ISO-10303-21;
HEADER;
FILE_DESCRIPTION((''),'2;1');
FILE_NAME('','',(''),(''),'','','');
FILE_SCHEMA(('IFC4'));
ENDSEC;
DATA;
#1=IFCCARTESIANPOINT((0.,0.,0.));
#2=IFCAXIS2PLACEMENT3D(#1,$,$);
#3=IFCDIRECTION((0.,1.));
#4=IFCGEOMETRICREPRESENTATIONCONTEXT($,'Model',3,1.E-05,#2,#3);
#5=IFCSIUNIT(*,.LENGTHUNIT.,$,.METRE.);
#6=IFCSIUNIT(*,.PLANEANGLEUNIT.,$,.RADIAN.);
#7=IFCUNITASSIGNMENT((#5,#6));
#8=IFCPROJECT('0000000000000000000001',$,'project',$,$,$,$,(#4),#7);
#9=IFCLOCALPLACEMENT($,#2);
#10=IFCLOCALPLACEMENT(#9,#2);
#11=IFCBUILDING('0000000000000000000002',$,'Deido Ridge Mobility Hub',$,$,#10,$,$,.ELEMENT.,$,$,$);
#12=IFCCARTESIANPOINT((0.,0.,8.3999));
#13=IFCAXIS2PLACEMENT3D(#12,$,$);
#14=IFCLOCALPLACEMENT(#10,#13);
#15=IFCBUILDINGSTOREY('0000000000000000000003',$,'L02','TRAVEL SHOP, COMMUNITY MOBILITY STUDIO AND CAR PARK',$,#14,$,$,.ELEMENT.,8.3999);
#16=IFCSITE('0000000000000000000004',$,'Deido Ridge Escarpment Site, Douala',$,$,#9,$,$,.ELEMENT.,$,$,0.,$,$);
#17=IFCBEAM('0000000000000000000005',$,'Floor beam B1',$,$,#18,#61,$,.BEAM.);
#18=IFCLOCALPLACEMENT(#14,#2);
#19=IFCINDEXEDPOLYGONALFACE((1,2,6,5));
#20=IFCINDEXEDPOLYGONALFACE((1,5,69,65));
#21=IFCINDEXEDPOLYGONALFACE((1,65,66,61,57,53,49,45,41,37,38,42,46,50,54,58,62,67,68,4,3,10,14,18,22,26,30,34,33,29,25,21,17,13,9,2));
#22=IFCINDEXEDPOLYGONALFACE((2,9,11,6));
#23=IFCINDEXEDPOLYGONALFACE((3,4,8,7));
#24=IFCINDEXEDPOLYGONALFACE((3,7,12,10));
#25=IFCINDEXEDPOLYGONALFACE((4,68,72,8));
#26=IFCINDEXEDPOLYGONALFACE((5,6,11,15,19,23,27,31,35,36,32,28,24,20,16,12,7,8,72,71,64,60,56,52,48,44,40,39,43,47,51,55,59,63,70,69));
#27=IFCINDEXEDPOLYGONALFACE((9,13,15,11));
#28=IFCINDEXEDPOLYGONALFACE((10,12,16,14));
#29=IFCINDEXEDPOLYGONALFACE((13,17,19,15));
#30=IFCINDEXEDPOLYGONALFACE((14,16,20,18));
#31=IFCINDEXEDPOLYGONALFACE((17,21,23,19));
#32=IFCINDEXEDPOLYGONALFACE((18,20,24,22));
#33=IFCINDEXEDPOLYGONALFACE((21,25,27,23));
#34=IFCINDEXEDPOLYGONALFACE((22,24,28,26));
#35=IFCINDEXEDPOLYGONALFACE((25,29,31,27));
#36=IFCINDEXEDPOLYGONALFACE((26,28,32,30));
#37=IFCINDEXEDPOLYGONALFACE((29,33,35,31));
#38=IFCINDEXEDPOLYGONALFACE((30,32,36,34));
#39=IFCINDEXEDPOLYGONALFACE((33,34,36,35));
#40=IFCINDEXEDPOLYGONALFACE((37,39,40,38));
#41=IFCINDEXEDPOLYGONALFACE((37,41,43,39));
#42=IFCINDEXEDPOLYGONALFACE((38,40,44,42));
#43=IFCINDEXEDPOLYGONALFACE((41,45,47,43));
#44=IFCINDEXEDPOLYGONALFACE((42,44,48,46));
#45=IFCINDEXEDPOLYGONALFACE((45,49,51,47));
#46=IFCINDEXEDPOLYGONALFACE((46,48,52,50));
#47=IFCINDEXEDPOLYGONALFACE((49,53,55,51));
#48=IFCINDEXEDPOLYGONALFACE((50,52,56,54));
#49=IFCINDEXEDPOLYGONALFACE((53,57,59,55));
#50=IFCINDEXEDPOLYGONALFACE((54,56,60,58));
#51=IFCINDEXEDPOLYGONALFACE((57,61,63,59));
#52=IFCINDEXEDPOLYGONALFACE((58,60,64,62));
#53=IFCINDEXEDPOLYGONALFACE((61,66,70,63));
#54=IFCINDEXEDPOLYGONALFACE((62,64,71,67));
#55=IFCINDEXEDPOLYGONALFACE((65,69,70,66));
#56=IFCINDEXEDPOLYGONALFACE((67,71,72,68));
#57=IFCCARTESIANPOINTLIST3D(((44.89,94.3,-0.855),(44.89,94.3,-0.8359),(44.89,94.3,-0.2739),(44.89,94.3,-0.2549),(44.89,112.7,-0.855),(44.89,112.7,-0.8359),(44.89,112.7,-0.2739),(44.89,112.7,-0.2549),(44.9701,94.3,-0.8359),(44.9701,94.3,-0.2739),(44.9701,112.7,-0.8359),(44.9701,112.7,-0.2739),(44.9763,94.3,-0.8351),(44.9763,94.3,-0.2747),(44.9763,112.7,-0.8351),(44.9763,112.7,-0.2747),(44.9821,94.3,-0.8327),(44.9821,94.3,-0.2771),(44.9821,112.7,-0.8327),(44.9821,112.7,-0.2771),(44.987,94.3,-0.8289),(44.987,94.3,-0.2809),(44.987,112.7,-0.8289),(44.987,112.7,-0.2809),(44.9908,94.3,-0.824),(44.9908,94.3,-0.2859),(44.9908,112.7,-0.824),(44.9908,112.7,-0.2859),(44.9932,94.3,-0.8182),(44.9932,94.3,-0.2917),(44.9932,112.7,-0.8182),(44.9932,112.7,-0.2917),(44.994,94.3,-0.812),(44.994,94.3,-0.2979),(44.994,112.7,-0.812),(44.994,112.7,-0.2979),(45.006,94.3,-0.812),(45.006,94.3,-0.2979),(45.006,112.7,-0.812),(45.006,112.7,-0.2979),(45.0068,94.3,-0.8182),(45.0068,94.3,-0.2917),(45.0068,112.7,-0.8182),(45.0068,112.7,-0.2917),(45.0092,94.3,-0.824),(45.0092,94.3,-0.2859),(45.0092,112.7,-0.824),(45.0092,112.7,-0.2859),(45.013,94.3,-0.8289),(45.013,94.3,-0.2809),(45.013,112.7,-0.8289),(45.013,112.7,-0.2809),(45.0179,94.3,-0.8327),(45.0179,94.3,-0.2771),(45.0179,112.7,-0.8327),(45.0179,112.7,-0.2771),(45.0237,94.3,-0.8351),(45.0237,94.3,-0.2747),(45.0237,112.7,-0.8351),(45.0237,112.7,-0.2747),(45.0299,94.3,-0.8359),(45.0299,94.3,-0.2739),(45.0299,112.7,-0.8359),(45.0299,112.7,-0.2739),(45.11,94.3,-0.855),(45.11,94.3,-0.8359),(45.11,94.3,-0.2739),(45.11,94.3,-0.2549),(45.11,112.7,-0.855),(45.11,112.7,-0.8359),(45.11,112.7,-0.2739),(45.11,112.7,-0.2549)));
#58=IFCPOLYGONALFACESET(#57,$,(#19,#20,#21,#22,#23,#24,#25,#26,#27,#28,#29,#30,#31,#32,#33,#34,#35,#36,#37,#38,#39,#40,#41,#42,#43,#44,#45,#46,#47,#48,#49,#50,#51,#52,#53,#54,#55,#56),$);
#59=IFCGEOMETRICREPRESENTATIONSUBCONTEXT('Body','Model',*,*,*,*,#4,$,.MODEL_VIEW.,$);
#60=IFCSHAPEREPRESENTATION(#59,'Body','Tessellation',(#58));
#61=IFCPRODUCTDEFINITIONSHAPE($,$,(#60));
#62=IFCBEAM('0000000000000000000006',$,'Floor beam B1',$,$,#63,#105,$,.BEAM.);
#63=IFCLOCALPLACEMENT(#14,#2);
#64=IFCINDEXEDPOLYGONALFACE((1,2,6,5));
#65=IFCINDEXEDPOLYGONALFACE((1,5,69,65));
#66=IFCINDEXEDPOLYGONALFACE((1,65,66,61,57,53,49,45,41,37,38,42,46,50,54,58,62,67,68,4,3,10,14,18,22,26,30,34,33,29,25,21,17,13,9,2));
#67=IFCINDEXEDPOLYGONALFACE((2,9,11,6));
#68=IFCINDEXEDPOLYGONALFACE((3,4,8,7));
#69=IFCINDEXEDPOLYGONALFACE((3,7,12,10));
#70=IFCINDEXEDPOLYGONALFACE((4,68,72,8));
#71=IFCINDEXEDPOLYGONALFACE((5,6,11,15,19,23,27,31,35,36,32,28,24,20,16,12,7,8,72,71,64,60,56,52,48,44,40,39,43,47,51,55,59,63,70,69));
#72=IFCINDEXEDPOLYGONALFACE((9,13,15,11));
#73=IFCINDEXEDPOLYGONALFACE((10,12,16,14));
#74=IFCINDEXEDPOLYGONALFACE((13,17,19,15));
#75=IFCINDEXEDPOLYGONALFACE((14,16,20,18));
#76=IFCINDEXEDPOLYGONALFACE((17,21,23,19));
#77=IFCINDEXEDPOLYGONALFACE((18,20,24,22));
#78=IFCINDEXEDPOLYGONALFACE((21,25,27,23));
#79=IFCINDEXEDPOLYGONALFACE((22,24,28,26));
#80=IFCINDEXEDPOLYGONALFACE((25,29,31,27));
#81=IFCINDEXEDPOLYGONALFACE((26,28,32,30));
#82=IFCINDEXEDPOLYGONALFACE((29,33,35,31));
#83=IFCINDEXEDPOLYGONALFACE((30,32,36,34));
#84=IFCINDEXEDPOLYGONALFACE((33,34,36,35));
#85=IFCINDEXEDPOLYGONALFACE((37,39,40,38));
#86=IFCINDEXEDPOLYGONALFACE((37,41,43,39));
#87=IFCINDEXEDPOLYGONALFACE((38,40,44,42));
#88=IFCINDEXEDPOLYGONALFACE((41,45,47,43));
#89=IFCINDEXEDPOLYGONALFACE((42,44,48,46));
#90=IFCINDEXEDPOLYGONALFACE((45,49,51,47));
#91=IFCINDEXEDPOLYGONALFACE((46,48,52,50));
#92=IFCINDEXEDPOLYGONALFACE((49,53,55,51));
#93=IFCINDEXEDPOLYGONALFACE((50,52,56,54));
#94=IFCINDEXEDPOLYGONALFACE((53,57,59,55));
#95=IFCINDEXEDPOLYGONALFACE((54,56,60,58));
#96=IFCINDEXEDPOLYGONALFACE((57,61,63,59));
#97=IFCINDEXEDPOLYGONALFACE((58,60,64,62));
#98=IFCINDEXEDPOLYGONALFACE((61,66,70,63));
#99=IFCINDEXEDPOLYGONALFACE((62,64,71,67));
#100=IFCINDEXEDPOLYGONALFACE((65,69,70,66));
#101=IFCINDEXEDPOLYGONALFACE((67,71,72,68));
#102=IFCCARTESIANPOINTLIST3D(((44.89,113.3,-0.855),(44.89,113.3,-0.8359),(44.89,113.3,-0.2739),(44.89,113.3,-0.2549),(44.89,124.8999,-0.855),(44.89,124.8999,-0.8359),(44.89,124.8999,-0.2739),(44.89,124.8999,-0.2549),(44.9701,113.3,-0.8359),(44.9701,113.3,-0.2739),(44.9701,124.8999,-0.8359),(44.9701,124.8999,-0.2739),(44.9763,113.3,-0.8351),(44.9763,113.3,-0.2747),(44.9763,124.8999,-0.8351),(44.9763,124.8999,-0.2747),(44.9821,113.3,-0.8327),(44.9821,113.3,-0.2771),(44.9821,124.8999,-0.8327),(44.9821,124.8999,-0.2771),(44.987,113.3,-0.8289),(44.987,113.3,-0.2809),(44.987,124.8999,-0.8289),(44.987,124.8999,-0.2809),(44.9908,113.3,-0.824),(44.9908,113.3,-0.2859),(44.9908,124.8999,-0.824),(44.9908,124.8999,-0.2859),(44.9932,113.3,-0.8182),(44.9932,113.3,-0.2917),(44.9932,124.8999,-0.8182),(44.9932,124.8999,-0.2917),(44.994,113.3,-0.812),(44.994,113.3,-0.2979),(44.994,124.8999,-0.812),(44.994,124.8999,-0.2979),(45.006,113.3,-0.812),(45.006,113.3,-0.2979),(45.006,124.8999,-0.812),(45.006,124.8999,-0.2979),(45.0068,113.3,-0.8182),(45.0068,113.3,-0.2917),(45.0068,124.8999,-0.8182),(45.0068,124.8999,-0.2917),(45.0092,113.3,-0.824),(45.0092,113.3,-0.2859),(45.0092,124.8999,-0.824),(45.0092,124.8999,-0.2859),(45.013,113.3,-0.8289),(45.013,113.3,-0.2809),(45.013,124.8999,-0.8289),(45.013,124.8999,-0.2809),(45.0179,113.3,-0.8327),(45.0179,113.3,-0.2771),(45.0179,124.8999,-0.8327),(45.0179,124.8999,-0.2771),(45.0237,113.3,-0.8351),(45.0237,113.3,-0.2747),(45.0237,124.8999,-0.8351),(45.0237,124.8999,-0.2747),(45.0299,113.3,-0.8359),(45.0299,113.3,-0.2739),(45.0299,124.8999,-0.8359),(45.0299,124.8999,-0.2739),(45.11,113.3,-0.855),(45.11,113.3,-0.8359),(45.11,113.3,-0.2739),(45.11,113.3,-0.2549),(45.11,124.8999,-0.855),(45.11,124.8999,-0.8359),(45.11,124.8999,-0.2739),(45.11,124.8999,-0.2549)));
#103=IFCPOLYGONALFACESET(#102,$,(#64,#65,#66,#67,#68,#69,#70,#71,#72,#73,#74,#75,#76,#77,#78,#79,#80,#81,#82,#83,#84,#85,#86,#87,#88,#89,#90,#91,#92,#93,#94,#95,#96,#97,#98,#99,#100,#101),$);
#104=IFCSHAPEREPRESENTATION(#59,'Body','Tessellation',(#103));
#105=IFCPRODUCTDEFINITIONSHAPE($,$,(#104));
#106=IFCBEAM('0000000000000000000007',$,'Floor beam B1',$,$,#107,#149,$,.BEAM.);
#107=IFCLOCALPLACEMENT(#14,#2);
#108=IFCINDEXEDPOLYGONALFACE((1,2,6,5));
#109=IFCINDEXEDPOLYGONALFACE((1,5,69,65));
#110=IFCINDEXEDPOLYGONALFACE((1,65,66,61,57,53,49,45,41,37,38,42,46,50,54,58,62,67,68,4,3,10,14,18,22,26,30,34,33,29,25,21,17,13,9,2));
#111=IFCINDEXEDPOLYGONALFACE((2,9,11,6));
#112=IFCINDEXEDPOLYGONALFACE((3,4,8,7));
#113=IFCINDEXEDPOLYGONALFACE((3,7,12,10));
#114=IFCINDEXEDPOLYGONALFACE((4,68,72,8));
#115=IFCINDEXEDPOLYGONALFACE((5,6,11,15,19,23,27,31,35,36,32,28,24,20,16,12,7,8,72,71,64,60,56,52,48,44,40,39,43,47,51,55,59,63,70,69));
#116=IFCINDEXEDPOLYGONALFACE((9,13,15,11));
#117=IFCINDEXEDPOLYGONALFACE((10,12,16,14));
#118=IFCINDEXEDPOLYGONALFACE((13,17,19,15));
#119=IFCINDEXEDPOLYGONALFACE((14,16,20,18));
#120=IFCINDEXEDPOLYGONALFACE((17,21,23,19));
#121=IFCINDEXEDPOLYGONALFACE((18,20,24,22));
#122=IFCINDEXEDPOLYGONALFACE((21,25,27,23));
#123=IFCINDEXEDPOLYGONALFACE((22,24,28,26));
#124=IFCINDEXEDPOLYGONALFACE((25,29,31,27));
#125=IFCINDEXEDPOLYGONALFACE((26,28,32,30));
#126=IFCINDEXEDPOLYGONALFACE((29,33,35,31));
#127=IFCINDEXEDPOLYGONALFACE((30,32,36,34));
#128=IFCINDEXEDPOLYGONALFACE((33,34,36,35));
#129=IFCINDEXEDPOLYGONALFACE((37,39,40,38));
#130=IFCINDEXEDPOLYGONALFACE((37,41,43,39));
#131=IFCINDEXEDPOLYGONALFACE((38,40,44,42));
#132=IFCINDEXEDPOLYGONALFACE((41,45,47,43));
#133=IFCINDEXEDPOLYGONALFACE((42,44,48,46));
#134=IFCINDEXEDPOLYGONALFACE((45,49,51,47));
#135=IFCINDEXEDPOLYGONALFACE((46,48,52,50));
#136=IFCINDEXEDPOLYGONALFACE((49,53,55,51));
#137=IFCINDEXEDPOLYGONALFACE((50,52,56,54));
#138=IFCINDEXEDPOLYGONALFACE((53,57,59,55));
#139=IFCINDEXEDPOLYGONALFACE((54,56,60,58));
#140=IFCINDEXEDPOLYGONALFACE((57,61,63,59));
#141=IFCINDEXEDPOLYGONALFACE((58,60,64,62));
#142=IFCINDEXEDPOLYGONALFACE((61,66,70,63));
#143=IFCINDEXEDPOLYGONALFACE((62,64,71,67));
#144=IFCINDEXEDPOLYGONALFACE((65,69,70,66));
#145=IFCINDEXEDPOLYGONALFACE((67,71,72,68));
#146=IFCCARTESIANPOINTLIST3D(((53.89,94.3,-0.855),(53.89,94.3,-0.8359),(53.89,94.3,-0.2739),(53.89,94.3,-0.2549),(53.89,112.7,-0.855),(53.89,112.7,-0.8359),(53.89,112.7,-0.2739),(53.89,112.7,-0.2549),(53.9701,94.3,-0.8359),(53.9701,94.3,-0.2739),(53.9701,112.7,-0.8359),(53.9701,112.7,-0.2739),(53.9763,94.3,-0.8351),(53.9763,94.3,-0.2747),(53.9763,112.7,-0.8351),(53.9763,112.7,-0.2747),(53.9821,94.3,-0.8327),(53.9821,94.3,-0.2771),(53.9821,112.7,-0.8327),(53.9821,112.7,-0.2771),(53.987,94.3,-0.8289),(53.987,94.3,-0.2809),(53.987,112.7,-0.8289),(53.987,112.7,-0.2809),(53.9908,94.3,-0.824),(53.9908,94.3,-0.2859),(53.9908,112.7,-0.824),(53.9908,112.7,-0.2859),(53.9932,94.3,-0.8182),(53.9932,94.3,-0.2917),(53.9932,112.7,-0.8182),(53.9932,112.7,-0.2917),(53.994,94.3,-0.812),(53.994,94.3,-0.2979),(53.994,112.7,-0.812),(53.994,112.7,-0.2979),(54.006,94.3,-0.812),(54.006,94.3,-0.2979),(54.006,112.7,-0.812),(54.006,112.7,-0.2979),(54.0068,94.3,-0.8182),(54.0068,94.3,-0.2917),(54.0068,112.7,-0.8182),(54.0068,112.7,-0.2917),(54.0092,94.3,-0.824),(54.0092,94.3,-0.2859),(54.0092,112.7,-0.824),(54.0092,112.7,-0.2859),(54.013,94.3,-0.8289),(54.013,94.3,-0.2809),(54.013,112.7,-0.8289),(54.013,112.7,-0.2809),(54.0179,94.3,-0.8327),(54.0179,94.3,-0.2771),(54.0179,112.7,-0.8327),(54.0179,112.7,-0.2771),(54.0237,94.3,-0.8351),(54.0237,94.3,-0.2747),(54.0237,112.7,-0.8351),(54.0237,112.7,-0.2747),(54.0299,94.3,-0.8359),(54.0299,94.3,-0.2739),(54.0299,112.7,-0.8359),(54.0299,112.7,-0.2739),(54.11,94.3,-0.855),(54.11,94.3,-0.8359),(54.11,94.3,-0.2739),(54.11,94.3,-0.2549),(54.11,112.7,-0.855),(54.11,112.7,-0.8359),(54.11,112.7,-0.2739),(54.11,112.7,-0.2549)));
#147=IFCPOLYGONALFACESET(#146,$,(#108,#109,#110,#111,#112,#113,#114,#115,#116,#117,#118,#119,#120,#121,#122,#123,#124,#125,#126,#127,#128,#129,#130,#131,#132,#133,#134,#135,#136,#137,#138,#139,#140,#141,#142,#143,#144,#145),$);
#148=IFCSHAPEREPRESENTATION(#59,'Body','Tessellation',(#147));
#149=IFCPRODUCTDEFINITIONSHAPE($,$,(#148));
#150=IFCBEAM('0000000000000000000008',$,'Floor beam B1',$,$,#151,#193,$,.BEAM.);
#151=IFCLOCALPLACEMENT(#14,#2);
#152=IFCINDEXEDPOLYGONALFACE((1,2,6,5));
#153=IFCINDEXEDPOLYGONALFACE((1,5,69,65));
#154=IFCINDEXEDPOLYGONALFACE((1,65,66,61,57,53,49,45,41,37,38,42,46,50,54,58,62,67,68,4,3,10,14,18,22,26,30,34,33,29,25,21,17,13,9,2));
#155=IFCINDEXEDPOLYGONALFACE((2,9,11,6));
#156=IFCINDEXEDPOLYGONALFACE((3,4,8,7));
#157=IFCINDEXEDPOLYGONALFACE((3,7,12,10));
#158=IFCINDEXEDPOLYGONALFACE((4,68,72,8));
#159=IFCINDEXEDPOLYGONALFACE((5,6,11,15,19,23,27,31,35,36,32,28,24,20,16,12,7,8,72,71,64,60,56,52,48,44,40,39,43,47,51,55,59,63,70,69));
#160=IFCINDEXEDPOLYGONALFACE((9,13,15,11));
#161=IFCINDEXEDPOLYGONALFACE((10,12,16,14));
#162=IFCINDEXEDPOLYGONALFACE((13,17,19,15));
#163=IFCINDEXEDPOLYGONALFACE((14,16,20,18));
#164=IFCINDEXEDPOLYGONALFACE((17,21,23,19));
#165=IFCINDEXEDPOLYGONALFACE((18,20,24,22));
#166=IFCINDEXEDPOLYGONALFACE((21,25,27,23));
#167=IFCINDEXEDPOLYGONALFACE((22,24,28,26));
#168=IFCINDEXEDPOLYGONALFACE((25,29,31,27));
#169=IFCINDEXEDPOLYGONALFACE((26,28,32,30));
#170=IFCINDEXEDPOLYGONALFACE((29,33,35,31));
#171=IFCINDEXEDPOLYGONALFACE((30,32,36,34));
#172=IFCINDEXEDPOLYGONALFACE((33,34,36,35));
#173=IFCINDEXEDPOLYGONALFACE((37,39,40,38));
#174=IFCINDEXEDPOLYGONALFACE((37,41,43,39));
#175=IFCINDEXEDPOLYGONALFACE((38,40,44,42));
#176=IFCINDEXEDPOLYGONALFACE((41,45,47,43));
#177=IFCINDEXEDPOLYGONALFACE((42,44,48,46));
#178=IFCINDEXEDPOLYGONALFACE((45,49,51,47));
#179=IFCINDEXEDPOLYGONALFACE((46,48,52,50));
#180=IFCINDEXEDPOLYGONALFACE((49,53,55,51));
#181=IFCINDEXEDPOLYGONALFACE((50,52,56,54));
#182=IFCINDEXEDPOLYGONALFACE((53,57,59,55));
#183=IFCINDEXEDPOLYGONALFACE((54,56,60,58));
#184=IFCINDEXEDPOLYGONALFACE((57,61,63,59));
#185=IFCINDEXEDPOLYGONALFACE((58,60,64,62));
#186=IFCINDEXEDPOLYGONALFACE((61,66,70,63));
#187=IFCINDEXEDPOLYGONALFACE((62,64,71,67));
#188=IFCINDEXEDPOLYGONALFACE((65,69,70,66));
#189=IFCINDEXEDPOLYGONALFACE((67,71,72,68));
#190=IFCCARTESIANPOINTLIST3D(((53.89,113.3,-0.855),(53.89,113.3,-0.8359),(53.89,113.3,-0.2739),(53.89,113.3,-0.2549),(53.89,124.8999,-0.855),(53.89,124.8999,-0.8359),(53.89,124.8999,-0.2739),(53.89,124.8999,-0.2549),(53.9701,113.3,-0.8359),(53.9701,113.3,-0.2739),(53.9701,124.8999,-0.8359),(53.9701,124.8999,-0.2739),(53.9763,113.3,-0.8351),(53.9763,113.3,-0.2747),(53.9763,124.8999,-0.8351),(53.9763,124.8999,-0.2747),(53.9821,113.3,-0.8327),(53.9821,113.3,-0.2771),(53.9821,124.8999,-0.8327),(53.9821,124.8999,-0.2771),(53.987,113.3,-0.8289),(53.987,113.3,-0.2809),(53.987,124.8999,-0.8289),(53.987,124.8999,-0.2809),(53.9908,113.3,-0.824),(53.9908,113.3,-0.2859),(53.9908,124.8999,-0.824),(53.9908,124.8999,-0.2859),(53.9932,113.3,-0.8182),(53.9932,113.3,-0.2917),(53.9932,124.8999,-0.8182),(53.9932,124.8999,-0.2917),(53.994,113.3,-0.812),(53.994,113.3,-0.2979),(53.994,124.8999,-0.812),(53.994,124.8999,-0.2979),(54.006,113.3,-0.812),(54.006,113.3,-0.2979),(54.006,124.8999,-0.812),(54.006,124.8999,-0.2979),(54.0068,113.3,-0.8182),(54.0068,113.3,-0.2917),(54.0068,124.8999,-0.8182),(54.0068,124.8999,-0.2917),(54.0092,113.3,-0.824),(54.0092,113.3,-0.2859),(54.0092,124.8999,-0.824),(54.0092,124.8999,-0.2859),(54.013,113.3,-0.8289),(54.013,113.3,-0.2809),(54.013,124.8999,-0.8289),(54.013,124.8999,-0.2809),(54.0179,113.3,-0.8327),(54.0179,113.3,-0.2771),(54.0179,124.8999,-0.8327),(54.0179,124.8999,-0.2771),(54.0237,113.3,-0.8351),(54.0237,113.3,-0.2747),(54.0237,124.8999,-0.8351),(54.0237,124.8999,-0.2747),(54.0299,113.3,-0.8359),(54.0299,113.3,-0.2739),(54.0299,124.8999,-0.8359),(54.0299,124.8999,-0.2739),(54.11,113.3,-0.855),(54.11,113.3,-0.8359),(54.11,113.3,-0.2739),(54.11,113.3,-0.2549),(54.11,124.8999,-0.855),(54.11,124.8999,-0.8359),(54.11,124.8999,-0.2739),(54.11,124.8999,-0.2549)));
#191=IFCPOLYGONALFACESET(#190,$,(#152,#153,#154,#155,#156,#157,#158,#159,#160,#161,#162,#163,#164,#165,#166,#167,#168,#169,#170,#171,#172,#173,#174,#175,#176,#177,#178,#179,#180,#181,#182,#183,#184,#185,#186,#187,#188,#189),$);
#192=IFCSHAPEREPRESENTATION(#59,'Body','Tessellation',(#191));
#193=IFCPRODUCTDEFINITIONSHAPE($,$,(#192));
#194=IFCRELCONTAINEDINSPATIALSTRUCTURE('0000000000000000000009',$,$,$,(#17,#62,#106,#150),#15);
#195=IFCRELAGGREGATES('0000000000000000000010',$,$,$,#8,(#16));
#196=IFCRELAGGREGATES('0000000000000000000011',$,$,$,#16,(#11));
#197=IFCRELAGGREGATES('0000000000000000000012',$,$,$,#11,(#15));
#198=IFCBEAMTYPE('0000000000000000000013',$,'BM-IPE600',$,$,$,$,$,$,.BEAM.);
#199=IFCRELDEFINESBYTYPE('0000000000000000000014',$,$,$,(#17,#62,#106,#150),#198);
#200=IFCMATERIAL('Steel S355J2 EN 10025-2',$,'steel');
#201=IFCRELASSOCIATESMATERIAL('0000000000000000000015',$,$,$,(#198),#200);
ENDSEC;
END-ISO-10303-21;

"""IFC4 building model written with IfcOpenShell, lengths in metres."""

from ifc_helpers import new_model, si_unit, direction, frame, origin, origin_2d, place, context, subcontext, project, spatial, i_section, extrude, material, material_profile, profile_set, type_object, element, save


model = new_model("IFC4")

# Units and contexts
model_context = context("Model", 3, precision=1e-05, world=origin(), true_north=direction((0.0, 1.0)))
body_context = subcontext(model_context, "Body", "Model", "MODEL_VIEW")
ifc_project = project(units=[si_unit("LENGTHUNIT", "METRE"), si_unit("PLANEANGLEUNIT", "RADIAN")], contexts=[model_context])

# Site, building, storey
site_placement = place(None, origin())
site = spatial("IfcSite", under=ifc_project, at=site_placement, Name="Deido Ridge Escarpment Site, Douala", CompositionType="ELEMENT", RefElevation=0.0)
building_placement = place(site_placement, origin())
building = spatial("IfcBuilding", under=site, at=building_placement, Name="Deido Ridge Mobility Hub", CompositionType="ELEMENT")
storey_placement = place(building_placement, frame((0.0, 0.0, 8.3999)))
storey = spatial("IfcBuildingStorey", under=building, at=storey_placement, Name="L02", Description="TRAVEL SHOP, COMMUNITY MOBILITY STUDIO AND CAR PARK", CompositionType="ELEMENT", Elevation=8.3999)

# Shared definitions
ifc_material_1 = material(Name="Steel S355J2 EN 10025-2", Category="steel")

# Beams
ifc_material_profile_1 = material_profile(ifc_material_1, i_section(OverallWidth=0.22, OverallDepth=0.6001, WebThickness=0.012, FlangeThickness=0.019, FilletRadius=0.0239, at=origin_2d()), Name="IPE 600")
ifc_profile_set_1 = profile_set([ifc_material_profile_1], Name="Steel S355J2 EN 10025-2")
beam_type_1 = type_object("IfcBeamType", Name="BM-IPE600", PredefinedType="BEAM", material=ifc_profile_set_1)
beam_1_placement = place(storey_placement, frame((45.0, 94.3, -0.5549), z_axis=(0.0, 1.0, 0.0), x_axis=(-1.0, 0.0, 0.0)))
element("IfcBeam", 1, at=beam_1_placement, inside=storey, type_object=beam_type_1, Name="Floor beam B1", PredefinedType="BEAM", context=body_context, shape_type="SweptSolid", body=[
    extrude(i_section(OverallWidth=0.22, OverallDepth=0.6001, WebThickness=0.012, FlangeThickness=0.019, FilletRadius=0.0239, at=origin_2d()), origin(), (0.0, 0.0, 1.0), 18.3999),
])
beam_2_placement = place(storey_placement, frame((45.0, 113.3, -0.5549), z_axis=(0.0, 1.0, 0.0), x_axis=(-1.0, 0.0, 0.0)))
element("IfcBeam", 2, at=beam_2_placement, inside=storey, type_object=beam_type_1, Name="Floor beam B1", PredefinedType="BEAM", context=body_context, shape_type="SweptSolid", body=[
    extrude(i_section(OverallWidth=0.22, OverallDepth=0.6001, WebThickness=0.012, FlangeThickness=0.019, FilletRadius=0.0239, at=origin_2d()), origin(), (0.0, 0.0, 1.0), 11.5999),
])
beam_3_placement = place(storey_placement, frame((54.0, 94.3, -0.5549), z_axis=(0.0, 1.0, 0.0), x_axis=(-1.0, 0.0, 0.0)))
element("IfcBeam", 3, at=beam_3_placement, inside=storey, type_object=beam_type_1, Name="Floor beam B1", PredefinedType="BEAM", context=body_context, shape_type="SweptSolid", body=[
    extrude(i_section(OverallWidth=0.22, OverallDepth=0.6001, WebThickness=0.012, FlangeThickness=0.019, FilletRadius=0.0239, at=origin_2d()), origin(), (0.0, 0.0, 1.0), 18.3999),
])
beam_4_placement = place(storey_placement, frame((54.0, 113.3, -0.5549), z_axis=(0.0, 1.0, 0.0), x_axis=(-1.0, 0.0, 0.0)))
element("IfcBeam", 4, at=beam_4_placement, inside=storey, type_object=beam_type_1, Name="Floor beam B1", PredefinedType="BEAM", context=body_context, shape_type="SweptSolid", body=[
    extrude(i_section(OverallWidth=0.22, OverallDepth=0.6001, WebThickness=0.012, FlangeThickness=0.019, FilletRadius=0.0239, at=origin_2d()), origin(), (0.0, 0.0, 1.0), 11.5999),
])

save(model, "model.ifc")
